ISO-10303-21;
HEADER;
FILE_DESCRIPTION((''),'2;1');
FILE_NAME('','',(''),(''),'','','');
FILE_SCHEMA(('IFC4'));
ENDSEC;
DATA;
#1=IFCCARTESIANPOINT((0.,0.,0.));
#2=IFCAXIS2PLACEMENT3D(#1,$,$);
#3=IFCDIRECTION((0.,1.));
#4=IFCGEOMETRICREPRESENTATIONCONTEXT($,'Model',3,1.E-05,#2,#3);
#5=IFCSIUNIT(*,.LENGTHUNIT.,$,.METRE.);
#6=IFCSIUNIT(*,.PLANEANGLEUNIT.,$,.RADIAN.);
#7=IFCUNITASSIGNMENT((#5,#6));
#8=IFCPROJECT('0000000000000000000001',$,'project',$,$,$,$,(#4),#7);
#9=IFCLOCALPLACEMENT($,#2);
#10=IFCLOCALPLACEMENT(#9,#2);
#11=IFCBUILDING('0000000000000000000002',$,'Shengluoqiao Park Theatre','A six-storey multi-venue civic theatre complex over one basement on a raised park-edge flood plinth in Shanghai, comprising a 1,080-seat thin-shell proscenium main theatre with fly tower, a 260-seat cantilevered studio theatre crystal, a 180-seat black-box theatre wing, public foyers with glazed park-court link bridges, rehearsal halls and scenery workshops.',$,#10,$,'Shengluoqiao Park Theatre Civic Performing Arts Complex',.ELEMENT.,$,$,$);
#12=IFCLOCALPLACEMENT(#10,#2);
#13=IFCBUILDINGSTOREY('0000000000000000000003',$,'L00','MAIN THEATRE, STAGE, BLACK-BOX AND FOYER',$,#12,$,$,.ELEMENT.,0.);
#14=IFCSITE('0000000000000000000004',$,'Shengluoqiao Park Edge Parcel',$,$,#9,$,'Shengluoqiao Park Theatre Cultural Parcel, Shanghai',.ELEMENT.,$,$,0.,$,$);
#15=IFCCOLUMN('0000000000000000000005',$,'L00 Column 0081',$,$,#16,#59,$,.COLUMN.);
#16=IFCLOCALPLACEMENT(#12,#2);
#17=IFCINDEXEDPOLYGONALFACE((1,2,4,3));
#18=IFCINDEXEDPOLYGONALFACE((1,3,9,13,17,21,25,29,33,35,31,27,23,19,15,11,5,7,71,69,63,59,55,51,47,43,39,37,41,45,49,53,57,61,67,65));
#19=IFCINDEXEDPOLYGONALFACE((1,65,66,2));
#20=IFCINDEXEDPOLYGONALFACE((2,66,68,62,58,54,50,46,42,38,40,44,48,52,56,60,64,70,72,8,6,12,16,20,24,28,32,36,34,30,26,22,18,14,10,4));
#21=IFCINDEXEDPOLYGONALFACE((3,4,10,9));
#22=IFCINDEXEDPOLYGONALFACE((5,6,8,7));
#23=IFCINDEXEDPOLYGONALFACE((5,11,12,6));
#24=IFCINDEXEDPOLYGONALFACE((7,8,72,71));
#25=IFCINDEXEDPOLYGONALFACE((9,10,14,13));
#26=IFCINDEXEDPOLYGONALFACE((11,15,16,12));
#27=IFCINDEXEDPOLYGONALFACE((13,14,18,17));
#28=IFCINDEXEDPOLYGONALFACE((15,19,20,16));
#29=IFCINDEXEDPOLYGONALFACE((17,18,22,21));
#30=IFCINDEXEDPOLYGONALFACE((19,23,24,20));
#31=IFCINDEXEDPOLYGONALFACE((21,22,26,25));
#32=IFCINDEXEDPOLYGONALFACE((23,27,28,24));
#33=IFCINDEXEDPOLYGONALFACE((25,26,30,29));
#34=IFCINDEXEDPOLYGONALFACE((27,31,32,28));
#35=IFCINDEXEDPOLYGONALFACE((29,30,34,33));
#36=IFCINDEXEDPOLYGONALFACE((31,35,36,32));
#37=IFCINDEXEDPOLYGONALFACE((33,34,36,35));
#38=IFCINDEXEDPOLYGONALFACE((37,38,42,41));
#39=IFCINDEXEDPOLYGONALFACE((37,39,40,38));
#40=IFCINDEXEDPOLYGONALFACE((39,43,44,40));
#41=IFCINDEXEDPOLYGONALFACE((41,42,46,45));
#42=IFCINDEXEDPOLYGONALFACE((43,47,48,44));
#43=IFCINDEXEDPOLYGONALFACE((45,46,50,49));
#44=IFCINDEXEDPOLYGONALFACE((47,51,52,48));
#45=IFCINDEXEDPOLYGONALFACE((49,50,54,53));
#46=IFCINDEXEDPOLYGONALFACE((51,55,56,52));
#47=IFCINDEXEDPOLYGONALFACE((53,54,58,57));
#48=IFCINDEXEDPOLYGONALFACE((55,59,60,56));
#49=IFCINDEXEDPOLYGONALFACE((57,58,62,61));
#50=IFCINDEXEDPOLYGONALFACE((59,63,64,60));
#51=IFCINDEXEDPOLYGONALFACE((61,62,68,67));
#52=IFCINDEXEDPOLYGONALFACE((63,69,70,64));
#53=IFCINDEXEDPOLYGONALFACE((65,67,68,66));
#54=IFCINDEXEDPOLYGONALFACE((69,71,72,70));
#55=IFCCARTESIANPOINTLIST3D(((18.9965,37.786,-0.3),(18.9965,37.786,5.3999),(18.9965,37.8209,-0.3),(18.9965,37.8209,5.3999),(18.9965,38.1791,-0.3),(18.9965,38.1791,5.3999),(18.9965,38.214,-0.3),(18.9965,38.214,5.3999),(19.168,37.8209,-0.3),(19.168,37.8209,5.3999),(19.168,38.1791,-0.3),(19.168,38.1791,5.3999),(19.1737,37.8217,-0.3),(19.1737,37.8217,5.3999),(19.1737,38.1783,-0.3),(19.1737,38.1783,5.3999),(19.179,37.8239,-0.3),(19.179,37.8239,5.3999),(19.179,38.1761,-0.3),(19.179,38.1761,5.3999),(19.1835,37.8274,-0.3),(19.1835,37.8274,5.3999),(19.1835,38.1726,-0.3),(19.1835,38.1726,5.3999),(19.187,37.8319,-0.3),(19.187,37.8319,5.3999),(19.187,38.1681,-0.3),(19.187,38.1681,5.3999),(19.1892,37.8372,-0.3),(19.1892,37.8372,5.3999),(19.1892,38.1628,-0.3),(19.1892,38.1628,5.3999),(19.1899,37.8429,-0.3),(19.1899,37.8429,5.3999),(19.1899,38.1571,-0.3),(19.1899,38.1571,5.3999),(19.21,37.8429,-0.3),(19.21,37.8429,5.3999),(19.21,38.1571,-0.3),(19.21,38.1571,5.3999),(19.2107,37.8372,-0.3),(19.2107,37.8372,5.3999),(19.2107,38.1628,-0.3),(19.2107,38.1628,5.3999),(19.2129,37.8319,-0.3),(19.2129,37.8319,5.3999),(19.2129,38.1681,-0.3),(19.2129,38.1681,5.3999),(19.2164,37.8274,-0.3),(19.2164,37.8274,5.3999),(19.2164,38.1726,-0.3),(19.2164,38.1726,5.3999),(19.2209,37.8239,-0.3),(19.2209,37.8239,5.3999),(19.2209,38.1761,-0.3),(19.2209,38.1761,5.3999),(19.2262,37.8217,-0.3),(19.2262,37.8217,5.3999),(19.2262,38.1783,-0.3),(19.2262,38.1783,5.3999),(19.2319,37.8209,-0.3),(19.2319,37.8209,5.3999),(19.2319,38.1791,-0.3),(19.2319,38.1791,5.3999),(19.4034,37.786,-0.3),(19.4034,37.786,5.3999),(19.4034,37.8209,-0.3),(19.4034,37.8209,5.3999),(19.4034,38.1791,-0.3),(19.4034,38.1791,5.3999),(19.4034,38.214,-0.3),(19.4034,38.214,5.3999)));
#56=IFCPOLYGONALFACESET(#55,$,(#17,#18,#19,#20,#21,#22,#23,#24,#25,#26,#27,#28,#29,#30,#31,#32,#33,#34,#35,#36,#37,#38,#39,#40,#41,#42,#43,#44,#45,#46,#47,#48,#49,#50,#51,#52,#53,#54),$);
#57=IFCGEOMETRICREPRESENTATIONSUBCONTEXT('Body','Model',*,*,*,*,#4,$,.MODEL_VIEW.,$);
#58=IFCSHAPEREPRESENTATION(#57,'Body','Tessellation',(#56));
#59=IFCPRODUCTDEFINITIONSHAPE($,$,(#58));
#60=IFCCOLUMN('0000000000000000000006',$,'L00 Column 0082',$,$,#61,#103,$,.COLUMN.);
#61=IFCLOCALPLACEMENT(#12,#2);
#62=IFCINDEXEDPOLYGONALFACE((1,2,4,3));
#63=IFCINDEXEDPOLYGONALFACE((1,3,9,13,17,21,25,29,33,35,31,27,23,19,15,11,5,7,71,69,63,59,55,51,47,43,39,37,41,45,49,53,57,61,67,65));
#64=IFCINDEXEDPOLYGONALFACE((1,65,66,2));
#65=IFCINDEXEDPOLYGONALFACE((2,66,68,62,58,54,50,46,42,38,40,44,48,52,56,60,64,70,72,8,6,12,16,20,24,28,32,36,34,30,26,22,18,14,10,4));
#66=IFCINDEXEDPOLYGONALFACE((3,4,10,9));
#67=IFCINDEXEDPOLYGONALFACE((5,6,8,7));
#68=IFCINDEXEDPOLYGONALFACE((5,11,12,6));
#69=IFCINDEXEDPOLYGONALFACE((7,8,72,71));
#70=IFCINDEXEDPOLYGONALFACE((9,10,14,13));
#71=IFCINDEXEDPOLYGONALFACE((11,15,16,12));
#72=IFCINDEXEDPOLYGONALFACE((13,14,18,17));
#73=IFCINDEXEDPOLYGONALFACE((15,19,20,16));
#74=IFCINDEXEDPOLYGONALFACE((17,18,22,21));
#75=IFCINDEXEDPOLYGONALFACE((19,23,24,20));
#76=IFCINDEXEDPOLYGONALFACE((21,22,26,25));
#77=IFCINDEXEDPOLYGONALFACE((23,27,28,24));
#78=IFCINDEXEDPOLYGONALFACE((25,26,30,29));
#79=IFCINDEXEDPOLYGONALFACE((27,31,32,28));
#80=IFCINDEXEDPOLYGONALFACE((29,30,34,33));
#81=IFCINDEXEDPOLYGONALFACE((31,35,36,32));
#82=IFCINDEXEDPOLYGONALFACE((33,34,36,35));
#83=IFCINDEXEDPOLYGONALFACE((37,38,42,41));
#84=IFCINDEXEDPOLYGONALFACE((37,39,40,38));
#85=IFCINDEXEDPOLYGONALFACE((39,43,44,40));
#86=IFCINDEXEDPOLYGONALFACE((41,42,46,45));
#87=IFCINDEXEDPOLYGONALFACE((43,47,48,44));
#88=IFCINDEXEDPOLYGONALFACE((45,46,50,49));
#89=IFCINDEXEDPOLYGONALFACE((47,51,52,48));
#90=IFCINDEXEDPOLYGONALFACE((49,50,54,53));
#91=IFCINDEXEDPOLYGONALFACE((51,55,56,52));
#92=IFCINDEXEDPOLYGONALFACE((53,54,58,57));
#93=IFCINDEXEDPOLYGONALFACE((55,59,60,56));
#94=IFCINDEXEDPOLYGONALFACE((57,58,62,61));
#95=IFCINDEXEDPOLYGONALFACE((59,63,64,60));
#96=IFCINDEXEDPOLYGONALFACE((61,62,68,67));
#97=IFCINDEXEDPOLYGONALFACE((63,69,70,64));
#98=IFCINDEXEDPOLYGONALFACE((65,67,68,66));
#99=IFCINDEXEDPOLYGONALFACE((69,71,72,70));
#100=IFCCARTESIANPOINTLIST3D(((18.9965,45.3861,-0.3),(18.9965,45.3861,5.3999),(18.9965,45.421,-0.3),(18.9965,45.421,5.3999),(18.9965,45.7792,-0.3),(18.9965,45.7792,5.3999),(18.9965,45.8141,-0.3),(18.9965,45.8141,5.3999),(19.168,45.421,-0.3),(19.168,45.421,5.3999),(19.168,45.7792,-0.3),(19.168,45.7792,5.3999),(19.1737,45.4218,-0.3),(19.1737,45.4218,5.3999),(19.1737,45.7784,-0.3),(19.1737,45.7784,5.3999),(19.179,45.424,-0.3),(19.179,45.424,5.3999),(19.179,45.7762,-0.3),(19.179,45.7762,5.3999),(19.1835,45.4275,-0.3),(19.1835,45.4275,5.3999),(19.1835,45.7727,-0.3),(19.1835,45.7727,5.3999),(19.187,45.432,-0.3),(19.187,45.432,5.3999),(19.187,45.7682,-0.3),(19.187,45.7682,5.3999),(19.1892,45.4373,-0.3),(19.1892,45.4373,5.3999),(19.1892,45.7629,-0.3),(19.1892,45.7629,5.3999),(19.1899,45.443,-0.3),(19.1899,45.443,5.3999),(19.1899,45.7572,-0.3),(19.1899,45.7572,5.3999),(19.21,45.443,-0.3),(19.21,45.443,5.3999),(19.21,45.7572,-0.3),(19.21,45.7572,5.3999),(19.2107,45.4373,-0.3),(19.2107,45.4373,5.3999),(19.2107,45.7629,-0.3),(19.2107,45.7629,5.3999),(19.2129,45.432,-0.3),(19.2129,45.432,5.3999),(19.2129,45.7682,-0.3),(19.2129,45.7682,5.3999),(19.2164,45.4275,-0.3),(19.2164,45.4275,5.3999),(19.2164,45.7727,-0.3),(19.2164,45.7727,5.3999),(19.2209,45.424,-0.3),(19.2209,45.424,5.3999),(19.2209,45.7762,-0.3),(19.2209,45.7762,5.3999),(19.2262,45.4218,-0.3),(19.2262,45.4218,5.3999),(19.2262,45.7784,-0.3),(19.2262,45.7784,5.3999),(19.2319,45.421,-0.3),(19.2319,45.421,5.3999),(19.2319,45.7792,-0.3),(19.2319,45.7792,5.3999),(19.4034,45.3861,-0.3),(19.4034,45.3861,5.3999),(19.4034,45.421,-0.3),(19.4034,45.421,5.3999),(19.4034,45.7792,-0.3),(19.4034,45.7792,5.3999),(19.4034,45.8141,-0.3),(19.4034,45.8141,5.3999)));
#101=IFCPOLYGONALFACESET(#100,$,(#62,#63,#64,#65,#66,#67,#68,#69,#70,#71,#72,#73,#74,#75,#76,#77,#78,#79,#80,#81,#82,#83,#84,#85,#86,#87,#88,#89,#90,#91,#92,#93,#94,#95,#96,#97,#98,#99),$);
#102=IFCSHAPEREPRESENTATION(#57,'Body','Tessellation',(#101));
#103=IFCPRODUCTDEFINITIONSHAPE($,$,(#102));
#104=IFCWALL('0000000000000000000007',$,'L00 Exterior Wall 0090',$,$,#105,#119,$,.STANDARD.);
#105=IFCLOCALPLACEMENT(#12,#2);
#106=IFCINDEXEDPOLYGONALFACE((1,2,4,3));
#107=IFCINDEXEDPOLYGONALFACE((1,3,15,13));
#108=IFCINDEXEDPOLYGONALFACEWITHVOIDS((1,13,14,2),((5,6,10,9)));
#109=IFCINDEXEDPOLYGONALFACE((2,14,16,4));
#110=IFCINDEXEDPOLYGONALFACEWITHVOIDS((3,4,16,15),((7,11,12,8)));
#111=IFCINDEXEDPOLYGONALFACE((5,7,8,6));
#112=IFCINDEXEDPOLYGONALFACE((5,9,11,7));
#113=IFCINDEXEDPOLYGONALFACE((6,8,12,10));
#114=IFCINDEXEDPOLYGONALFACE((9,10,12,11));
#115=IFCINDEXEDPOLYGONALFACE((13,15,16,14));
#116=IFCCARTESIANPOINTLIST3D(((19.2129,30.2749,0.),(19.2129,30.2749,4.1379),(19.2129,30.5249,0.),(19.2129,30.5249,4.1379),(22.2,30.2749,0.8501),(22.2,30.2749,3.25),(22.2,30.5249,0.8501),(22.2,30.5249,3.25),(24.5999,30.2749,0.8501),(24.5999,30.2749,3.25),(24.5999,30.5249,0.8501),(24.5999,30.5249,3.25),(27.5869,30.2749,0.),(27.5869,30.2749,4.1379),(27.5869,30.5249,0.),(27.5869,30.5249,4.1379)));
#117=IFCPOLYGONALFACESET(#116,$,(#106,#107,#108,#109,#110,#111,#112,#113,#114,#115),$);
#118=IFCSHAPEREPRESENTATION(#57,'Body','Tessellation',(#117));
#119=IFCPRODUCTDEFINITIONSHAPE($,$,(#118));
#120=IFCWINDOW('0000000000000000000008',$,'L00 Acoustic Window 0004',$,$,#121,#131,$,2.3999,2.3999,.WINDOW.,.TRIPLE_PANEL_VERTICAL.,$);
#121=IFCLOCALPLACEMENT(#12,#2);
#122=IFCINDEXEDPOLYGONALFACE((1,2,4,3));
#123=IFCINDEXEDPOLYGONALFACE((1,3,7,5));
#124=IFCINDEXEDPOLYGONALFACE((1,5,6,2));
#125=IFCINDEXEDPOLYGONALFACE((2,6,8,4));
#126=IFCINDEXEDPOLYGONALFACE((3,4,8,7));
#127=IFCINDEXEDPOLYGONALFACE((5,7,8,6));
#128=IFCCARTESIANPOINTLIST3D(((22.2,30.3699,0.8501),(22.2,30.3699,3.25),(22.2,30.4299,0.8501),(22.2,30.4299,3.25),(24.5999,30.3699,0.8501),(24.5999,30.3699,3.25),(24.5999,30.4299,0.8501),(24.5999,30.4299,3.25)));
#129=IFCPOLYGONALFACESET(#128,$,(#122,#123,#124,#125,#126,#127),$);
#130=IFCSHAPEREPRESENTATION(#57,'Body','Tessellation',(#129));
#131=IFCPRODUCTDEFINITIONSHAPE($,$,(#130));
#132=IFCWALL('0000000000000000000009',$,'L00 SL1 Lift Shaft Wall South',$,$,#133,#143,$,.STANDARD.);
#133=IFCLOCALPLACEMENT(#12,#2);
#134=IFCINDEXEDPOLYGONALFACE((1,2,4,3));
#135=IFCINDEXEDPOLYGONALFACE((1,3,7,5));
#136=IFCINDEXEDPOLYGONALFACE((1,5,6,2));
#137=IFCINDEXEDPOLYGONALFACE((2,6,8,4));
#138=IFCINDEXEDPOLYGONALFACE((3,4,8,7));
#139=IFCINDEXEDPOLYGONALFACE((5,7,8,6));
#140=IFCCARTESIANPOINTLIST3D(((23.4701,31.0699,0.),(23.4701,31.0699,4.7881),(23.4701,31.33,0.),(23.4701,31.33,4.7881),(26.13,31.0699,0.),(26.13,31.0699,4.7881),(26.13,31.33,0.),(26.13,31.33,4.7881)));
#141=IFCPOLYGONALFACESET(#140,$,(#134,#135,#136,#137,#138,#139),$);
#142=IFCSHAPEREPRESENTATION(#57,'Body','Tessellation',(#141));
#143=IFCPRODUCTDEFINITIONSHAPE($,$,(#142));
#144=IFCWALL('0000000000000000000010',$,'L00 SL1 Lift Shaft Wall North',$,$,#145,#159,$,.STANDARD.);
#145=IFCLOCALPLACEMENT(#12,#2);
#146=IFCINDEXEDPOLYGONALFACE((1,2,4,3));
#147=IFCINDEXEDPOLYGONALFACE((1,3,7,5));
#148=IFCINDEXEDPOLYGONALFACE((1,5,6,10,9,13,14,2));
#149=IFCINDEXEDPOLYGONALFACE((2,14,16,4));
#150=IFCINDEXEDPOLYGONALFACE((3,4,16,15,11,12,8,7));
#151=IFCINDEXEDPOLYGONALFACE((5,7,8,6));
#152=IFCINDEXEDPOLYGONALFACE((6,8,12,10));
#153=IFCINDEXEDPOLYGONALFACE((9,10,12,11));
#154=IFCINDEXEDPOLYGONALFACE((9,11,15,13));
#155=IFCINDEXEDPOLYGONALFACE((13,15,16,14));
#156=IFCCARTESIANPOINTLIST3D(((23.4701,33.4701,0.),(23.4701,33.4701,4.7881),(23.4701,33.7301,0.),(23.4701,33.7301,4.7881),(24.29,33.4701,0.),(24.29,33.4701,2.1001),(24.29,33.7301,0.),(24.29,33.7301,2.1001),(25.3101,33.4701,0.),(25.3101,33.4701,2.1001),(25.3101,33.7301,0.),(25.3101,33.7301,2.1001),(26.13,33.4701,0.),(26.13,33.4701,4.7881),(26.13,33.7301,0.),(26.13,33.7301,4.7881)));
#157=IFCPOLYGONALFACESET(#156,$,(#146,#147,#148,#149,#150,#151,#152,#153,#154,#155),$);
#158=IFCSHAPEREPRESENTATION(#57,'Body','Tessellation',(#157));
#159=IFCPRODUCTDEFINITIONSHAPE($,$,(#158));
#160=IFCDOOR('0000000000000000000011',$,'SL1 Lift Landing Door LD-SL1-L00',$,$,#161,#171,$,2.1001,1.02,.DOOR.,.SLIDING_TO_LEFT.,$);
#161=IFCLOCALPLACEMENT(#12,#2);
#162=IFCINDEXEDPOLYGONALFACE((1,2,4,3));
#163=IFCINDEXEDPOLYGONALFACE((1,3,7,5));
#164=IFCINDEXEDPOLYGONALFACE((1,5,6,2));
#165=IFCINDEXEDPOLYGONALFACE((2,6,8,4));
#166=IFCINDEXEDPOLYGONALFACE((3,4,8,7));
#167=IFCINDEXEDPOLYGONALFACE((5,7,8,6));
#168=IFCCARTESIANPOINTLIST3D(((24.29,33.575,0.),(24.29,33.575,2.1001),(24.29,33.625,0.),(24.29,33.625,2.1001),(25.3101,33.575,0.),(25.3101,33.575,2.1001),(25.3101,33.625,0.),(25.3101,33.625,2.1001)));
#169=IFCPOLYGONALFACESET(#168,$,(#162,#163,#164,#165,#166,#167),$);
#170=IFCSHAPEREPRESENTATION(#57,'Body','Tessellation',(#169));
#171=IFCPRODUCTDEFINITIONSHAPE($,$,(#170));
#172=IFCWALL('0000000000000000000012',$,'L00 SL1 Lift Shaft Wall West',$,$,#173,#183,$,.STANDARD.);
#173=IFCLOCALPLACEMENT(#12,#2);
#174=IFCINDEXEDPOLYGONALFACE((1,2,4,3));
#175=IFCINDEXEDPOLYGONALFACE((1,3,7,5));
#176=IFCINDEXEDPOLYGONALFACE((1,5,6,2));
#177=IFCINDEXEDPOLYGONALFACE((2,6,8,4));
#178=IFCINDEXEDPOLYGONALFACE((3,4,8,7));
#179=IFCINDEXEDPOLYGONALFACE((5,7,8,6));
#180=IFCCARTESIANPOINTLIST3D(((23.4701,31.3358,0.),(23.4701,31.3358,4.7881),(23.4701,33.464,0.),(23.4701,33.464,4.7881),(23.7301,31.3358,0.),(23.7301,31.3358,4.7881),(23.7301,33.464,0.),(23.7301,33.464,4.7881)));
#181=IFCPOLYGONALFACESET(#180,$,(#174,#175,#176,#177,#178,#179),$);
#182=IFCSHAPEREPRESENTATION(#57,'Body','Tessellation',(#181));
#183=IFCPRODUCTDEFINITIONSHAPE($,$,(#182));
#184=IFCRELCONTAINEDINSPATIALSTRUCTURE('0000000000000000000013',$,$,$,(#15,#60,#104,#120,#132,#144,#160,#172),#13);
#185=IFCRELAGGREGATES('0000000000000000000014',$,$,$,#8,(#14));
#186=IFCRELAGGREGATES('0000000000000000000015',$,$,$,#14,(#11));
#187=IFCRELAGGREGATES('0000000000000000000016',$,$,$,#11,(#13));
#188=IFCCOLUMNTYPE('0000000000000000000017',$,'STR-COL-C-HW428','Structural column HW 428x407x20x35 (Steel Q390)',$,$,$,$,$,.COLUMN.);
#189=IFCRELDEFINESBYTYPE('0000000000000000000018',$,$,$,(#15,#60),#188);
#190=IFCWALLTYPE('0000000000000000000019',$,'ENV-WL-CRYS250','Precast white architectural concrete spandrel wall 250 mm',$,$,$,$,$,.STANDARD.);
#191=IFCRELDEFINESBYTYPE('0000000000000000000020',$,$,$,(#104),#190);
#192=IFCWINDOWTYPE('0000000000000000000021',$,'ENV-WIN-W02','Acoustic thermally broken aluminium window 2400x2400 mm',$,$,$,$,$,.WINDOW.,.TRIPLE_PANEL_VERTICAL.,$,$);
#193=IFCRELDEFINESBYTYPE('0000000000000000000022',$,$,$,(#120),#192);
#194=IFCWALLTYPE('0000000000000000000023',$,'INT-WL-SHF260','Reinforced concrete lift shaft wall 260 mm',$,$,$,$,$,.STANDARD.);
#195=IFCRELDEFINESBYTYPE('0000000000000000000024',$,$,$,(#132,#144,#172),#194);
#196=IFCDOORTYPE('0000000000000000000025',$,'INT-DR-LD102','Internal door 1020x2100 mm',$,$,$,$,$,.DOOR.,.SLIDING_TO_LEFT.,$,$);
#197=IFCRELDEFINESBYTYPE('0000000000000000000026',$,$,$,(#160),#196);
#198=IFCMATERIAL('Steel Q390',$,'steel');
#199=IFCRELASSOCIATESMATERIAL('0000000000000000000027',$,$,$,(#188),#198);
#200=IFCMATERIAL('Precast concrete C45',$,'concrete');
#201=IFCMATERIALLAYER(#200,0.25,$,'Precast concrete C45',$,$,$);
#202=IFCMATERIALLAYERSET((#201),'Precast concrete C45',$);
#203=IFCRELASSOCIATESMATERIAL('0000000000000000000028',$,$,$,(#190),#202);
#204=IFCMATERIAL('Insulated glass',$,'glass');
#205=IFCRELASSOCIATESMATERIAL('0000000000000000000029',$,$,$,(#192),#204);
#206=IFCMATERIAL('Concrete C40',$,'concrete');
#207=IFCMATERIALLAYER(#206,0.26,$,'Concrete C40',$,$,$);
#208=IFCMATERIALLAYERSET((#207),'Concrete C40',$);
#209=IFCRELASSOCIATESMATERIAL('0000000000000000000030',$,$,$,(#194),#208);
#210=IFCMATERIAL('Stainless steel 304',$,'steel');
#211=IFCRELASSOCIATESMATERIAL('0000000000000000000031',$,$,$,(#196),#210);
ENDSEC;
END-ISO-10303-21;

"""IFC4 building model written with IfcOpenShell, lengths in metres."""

from ifc_helpers import new_model, si_unit, direction, frame, frame_2d, origin, origin_2d, place, context, subcontext, project, spatial, rectangle, i_section, extrude, material, layer, layer_set, material_profile, profile_set, type_object, element, fill, save


model = new_model("IFC4")

# Units and contexts
model_context = context("Model", 3, precision=1e-05, world=origin(), true_north=direction((0.0, 1.0)))
body_context = subcontext(model_context, "Body", "Model", "MODEL_VIEW")
ifc_project = project(units=[si_unit("LENGTHUNIT", "METRE"), si_unit("PLANEANGLEUNIT", "RADIAN")], contexts=[model_context])

# Site, building, storey
site_placement = place(None, origin())
site = spatial("IfcSite", under=ifc_project, at=site_placement, Name="Shengluoqiao Park Edge Parcel", LongName="Shengluoqiao Park Theatre Cultural Parcel, Shanghai", CompositionType="ELEMENT", RefElevation=0.0)
building_placement = place(site_placement, origin())
building = spatial("IfcBuilding", under=site, at=building_placement, Name="Shengluoqiao Park Theatre", Description="A six-storey multi-venue civic theatre complex over one basement on a raised park-edge flood plinth in Shanghai, comprising a 1,080-seat thin-shell proscenium main theatre with fly tower, a 260-seat cantilevered studio theatre crystal, a 180-seat black-box theatre wing, public foyers with glazed park-court link bridges, rehearsal halls and scenery workshops.", LongName="Shengluoqiao Park Theatre Civic Performing Arts Complex", CompositionType="ELEMENT")
storey_placement = place(building_placement, origin())
storey = spatial("IfcBuildingStorey", under=building, at=storey_placement, Name="L00", Description="MAIN THEATRE, STAGE, BLACK-BOX AND FOYER", CompositionType="ELEMENT", Elevation=0.0)

# Shared definitions
ifc_material_1 = material(Name="Concrete C40", Category="concrete")

# Columns
ifc_material_2 = material(Name="Steel Q390", Category="steel")
ifc_material_profile_1 = material_profile(ifc_material_2, i_section(OverallWidth=0.407, OverallDepth=0.428, WebThickness=0.02, FlangeThickness=0.0349, FilletRadius=0.022, at=origin_2d()), Name="HW 428x407x20x35")
ifc_profile_set_1 = profile_set([ifc_material_profile_1], Name="Steel Q390")
column_type = type_object("IfcColumnType", Name="STR-COL-C-HW428", Description="Structural column HW 428x407x20x35 (Steel Q390)", PredefinedType="COLUMN", material=ifc_profile_set_1)
for number, where, z_axis, x_axis, name in (
    (1, (19.2, 38.0, -0.3), (0.0, 0.0, 1.0), (1.0, 0.0, 0.0), "L00 Column 0081"),
    (2, (19.2, 45.6001, -0.3), (0.0, 0.0, 1.0), (1.0, 0.0, 0.0), "L00 Column 0082"),
):
    element("IfcColumn", number, at=place(storey_placement, frame(where, z_axis=z_axis, x_axis=x_axis)), inside=storey, type_object=column_type, Name=name, PredefinedType="COLUMN", context=body_context, shape_type="SweptSolid", body=[
        extrude(i_section(OverallWidth=0.407, OverallDepth=0.428, WebThickness=0.02, FlangeThickness=0.0349, FilletRadius=0.022, at=origin_2d()), origin(), (0.0, 0.0, 1.0), 5.7),
    ])

# Wall, opening, window
ifc_material_3 = material(Name="Precast concrete C45", Category="concrete")
ifc_layer_1 = layer(ifc_material_3, 0.25, Name="Precast concrete C45")
ifc_layer_set_1 = layer_set([ifc_layer_1], Name="Precast concrete C45")
wall_type_1 = type_object("IfcWallType", Name="ENV-WL-CRYS250", Description="Precast white architectural concrete spandrel wall 250 mm", PredefinedType="STANDARD", material=ifc_layer_set_1)
wall_1_placement = place(storey_placement, frame((19.2129, 30.3999, 0.0), z_axis=(0.0, 0.0, 1.0), x_axis=(1.0, 0.0, 0.0)))
wall_1 = element("IfcWall", 3, at=wall_1_placement, inside=storey, type_object=wall_type_1, Name="L00 Exterior Wall 0090", PredefinedType="STANDARD", context=body_context, shape_type="SweptSolid", body=[
    extrude(rectangle(XDim=8.374, YDim=0.25, at=frame_2d((4.187, 0.0))), origin(), (0.0, 0.0, 1.0), 4.1379),
])
opening_1_placement = place(wall_1_placement, frame((2.9871, 0.0, 0.8501)))
opening_1 = element("IfcOpeningElement", 4, at=opening_1_placement, cuts=wall_1, PredefinedType="OPENING", context=body_context, shape_type="SweptSolid", body=[
    extrude(rectangle(XDim=2.3999, YDim=2.3999, at=frame_2d((1.2, 1.2))), frame((0.0, 0.135, 0.0), z_axis=(0.0, -1.0, 0.0), x_axis=(1.0, 0.0, 0.0)), (0.0, 0.0, 1.0), 0.27),
])
ifc_material_4 = material(Name="Insulated glass", Category="glass")
window_type = type_object("IfcWindowType", Name="ENV-WIN-W02", Description="Acoustic thermally broken aluminium window 2400x2400 mm", PartitioningType="TRIPLE_PANEL_VERTICAL", PredefinedType="WINDOW", material=ifc_material_4)
window_placement = place(opening_1_placement, origin())
window = element("IfcWindow", 5, at=window_placement, inside=storey, type_object=window_type, Name="L00 Acoustic Window 0004", OverallHeight=2.3999, OverallWidth=2.3999, PartitioningType="TRIPLE_PANEL_VERTICAL", PredefinedType="WINDOW", context=body_context, shape_type="SweptSolid", body=[
    extrude(rectangle(XDim=2.3999, YDim=2.3999, at=frame_2d((1.2, 1.2))), frame((0.0, 0.03, 0.0), z_axis=(0.0, -1.0, 0.0), x_axis=(1.0, 0.0, 0.0)), (0.0, 0.0, 1.0), 0.0601),
])
fill(opening_1, window)

# Wall
ifc_layer_2 = layer(ifc_material_1, 0.26, Name="Concrete C40")
ifc_layer_set_2 = layer_set([ifc_layer_2], Name="Concrete C40")
wall_type_2 = type_object("IfcWallType", Name="INT-WL-SHF260", Description="Reinforced concrete lift shaft wall 260 mm", PredefinedType="STANDARD", material=ifc_layer_set_2)
wall_2_placement = place(storey_placement, frame((23.47, 31.2, 0.0), z_axis=(0.0, 0.0, 1.0), x_axis=(1.0, 0.0, 0.0)))
element("IfcWall", 6, at=wall_2_placement, inside=storey, type_object=wall_type_2, Name="L00 SL1 Lift Shaft Wall South", PredefinedType="STANDARD", context=body_context, shape_type="SweptSolid", body=[
    extrude(rectangle(XDim=2.6599, YDim=0.26, at=frame_2d((1.3301, 0.0))), origin(), (0.0, 0.0, 1.0), 4.7881),
])

# Wall, opening, door
wall_3_placement = place(storey_placement, frame((23.47, 33.6001, 0.0), z_axis=(0.0, 0.0, 1.0), x_axis=(1.0, 0.0, 0.0)))
wall_3 = element("IfcWall", 7, at=wall_3_placement, inside=storey, type_object=wall_type_2, Name="L00 SL1 Lift Shaft Wall North", PredefinedType="STANDARD", context=body_context, shape_type="SweptSolid", body=[
    extrude(rectangle(XDim=2.6599, YDim=0.26, at=frame_2d((1.3301, 0.0))), origin(), (0.0, 0.0, 1.0), 4.7881),
])
opening_2_placement = place(wall_3_placement, frame((0.8201, 0.0, 0.0)))
opening_2 = element("IfcOpeningElement", 8, at=opening_2_placement, cuts=wall_3, PredefinedType="OPENING", context=body_context, shape_type="SweptSolid", body=[
    extrude(rectangle(XDim=1.02, YDim=2.1001, at=frame_2d((0.51, 1.05))), frame((0.0, 0.1399, 0.0), z_axis=(0.0, -1.0, 0.0), x_axis=(1.0, 0.0, 0.0)), (0.0, 0.0, 1.0), 0.28),
])
ifc_material_5 = material(Name="Stainless steel 304", Category="steel")
door_type = type_object("IfcDoorType", Name="INT-DR-LD102", Description="Internal door 1020x2100 mm", OperationType="SLIDING_TO_LEFT", PredefinedType="DOOR", material=ifc_material_5)
door_placement = place(opening_2_placement, origin())
door = element("IfcDoor", 9, at=door_placement, inside=storey, type_object=door_type, Name="SL1 Lift Landing Door LD-SL1-L00", OperationType="SLIDING_TO_LEFT", OverallHeight=2.1001, OverallWidth=1.02, PredefinedType="DOOR", context=body_context, shape_type="SweptSolid", body=[
    extrude(rectangle(XDim=1.02, YDim=2.1001, at=frame_2d((0.51, 1.05))), frame((0.0, 0.0249, 0.0), z_axis=(0.0, -1.0, 0.0), x_axis=(1.0, 0.0, 0.0)), (0.0, 0.0, 1.0), 0.05),
])
fill(opening_2, door)

# Wall
wall_4_placement = place(storey_placement, frame((23.6001, 31.3359, 0.0), z_axis=(0.0, 0.0, 1.0), x_axis=(0.0, 1.0, 0.0)))
element("IfcWall", 10, at=wall_4_placement, inside=storey, type_object=wall_type_2, Name="L00 SL1 Lift Shaft Wall West", PredefinedType="STANDARD", context=body_context, shape_type="SweptSolid", body=[
    extrude(rectangle(XDim=2.1282, YDim=0.26, at=frame_2d((1.064, 0.0))), origin(), (0.0, 0.0, 1.0), 4.7881),
])

save(model, "model.ifc")
